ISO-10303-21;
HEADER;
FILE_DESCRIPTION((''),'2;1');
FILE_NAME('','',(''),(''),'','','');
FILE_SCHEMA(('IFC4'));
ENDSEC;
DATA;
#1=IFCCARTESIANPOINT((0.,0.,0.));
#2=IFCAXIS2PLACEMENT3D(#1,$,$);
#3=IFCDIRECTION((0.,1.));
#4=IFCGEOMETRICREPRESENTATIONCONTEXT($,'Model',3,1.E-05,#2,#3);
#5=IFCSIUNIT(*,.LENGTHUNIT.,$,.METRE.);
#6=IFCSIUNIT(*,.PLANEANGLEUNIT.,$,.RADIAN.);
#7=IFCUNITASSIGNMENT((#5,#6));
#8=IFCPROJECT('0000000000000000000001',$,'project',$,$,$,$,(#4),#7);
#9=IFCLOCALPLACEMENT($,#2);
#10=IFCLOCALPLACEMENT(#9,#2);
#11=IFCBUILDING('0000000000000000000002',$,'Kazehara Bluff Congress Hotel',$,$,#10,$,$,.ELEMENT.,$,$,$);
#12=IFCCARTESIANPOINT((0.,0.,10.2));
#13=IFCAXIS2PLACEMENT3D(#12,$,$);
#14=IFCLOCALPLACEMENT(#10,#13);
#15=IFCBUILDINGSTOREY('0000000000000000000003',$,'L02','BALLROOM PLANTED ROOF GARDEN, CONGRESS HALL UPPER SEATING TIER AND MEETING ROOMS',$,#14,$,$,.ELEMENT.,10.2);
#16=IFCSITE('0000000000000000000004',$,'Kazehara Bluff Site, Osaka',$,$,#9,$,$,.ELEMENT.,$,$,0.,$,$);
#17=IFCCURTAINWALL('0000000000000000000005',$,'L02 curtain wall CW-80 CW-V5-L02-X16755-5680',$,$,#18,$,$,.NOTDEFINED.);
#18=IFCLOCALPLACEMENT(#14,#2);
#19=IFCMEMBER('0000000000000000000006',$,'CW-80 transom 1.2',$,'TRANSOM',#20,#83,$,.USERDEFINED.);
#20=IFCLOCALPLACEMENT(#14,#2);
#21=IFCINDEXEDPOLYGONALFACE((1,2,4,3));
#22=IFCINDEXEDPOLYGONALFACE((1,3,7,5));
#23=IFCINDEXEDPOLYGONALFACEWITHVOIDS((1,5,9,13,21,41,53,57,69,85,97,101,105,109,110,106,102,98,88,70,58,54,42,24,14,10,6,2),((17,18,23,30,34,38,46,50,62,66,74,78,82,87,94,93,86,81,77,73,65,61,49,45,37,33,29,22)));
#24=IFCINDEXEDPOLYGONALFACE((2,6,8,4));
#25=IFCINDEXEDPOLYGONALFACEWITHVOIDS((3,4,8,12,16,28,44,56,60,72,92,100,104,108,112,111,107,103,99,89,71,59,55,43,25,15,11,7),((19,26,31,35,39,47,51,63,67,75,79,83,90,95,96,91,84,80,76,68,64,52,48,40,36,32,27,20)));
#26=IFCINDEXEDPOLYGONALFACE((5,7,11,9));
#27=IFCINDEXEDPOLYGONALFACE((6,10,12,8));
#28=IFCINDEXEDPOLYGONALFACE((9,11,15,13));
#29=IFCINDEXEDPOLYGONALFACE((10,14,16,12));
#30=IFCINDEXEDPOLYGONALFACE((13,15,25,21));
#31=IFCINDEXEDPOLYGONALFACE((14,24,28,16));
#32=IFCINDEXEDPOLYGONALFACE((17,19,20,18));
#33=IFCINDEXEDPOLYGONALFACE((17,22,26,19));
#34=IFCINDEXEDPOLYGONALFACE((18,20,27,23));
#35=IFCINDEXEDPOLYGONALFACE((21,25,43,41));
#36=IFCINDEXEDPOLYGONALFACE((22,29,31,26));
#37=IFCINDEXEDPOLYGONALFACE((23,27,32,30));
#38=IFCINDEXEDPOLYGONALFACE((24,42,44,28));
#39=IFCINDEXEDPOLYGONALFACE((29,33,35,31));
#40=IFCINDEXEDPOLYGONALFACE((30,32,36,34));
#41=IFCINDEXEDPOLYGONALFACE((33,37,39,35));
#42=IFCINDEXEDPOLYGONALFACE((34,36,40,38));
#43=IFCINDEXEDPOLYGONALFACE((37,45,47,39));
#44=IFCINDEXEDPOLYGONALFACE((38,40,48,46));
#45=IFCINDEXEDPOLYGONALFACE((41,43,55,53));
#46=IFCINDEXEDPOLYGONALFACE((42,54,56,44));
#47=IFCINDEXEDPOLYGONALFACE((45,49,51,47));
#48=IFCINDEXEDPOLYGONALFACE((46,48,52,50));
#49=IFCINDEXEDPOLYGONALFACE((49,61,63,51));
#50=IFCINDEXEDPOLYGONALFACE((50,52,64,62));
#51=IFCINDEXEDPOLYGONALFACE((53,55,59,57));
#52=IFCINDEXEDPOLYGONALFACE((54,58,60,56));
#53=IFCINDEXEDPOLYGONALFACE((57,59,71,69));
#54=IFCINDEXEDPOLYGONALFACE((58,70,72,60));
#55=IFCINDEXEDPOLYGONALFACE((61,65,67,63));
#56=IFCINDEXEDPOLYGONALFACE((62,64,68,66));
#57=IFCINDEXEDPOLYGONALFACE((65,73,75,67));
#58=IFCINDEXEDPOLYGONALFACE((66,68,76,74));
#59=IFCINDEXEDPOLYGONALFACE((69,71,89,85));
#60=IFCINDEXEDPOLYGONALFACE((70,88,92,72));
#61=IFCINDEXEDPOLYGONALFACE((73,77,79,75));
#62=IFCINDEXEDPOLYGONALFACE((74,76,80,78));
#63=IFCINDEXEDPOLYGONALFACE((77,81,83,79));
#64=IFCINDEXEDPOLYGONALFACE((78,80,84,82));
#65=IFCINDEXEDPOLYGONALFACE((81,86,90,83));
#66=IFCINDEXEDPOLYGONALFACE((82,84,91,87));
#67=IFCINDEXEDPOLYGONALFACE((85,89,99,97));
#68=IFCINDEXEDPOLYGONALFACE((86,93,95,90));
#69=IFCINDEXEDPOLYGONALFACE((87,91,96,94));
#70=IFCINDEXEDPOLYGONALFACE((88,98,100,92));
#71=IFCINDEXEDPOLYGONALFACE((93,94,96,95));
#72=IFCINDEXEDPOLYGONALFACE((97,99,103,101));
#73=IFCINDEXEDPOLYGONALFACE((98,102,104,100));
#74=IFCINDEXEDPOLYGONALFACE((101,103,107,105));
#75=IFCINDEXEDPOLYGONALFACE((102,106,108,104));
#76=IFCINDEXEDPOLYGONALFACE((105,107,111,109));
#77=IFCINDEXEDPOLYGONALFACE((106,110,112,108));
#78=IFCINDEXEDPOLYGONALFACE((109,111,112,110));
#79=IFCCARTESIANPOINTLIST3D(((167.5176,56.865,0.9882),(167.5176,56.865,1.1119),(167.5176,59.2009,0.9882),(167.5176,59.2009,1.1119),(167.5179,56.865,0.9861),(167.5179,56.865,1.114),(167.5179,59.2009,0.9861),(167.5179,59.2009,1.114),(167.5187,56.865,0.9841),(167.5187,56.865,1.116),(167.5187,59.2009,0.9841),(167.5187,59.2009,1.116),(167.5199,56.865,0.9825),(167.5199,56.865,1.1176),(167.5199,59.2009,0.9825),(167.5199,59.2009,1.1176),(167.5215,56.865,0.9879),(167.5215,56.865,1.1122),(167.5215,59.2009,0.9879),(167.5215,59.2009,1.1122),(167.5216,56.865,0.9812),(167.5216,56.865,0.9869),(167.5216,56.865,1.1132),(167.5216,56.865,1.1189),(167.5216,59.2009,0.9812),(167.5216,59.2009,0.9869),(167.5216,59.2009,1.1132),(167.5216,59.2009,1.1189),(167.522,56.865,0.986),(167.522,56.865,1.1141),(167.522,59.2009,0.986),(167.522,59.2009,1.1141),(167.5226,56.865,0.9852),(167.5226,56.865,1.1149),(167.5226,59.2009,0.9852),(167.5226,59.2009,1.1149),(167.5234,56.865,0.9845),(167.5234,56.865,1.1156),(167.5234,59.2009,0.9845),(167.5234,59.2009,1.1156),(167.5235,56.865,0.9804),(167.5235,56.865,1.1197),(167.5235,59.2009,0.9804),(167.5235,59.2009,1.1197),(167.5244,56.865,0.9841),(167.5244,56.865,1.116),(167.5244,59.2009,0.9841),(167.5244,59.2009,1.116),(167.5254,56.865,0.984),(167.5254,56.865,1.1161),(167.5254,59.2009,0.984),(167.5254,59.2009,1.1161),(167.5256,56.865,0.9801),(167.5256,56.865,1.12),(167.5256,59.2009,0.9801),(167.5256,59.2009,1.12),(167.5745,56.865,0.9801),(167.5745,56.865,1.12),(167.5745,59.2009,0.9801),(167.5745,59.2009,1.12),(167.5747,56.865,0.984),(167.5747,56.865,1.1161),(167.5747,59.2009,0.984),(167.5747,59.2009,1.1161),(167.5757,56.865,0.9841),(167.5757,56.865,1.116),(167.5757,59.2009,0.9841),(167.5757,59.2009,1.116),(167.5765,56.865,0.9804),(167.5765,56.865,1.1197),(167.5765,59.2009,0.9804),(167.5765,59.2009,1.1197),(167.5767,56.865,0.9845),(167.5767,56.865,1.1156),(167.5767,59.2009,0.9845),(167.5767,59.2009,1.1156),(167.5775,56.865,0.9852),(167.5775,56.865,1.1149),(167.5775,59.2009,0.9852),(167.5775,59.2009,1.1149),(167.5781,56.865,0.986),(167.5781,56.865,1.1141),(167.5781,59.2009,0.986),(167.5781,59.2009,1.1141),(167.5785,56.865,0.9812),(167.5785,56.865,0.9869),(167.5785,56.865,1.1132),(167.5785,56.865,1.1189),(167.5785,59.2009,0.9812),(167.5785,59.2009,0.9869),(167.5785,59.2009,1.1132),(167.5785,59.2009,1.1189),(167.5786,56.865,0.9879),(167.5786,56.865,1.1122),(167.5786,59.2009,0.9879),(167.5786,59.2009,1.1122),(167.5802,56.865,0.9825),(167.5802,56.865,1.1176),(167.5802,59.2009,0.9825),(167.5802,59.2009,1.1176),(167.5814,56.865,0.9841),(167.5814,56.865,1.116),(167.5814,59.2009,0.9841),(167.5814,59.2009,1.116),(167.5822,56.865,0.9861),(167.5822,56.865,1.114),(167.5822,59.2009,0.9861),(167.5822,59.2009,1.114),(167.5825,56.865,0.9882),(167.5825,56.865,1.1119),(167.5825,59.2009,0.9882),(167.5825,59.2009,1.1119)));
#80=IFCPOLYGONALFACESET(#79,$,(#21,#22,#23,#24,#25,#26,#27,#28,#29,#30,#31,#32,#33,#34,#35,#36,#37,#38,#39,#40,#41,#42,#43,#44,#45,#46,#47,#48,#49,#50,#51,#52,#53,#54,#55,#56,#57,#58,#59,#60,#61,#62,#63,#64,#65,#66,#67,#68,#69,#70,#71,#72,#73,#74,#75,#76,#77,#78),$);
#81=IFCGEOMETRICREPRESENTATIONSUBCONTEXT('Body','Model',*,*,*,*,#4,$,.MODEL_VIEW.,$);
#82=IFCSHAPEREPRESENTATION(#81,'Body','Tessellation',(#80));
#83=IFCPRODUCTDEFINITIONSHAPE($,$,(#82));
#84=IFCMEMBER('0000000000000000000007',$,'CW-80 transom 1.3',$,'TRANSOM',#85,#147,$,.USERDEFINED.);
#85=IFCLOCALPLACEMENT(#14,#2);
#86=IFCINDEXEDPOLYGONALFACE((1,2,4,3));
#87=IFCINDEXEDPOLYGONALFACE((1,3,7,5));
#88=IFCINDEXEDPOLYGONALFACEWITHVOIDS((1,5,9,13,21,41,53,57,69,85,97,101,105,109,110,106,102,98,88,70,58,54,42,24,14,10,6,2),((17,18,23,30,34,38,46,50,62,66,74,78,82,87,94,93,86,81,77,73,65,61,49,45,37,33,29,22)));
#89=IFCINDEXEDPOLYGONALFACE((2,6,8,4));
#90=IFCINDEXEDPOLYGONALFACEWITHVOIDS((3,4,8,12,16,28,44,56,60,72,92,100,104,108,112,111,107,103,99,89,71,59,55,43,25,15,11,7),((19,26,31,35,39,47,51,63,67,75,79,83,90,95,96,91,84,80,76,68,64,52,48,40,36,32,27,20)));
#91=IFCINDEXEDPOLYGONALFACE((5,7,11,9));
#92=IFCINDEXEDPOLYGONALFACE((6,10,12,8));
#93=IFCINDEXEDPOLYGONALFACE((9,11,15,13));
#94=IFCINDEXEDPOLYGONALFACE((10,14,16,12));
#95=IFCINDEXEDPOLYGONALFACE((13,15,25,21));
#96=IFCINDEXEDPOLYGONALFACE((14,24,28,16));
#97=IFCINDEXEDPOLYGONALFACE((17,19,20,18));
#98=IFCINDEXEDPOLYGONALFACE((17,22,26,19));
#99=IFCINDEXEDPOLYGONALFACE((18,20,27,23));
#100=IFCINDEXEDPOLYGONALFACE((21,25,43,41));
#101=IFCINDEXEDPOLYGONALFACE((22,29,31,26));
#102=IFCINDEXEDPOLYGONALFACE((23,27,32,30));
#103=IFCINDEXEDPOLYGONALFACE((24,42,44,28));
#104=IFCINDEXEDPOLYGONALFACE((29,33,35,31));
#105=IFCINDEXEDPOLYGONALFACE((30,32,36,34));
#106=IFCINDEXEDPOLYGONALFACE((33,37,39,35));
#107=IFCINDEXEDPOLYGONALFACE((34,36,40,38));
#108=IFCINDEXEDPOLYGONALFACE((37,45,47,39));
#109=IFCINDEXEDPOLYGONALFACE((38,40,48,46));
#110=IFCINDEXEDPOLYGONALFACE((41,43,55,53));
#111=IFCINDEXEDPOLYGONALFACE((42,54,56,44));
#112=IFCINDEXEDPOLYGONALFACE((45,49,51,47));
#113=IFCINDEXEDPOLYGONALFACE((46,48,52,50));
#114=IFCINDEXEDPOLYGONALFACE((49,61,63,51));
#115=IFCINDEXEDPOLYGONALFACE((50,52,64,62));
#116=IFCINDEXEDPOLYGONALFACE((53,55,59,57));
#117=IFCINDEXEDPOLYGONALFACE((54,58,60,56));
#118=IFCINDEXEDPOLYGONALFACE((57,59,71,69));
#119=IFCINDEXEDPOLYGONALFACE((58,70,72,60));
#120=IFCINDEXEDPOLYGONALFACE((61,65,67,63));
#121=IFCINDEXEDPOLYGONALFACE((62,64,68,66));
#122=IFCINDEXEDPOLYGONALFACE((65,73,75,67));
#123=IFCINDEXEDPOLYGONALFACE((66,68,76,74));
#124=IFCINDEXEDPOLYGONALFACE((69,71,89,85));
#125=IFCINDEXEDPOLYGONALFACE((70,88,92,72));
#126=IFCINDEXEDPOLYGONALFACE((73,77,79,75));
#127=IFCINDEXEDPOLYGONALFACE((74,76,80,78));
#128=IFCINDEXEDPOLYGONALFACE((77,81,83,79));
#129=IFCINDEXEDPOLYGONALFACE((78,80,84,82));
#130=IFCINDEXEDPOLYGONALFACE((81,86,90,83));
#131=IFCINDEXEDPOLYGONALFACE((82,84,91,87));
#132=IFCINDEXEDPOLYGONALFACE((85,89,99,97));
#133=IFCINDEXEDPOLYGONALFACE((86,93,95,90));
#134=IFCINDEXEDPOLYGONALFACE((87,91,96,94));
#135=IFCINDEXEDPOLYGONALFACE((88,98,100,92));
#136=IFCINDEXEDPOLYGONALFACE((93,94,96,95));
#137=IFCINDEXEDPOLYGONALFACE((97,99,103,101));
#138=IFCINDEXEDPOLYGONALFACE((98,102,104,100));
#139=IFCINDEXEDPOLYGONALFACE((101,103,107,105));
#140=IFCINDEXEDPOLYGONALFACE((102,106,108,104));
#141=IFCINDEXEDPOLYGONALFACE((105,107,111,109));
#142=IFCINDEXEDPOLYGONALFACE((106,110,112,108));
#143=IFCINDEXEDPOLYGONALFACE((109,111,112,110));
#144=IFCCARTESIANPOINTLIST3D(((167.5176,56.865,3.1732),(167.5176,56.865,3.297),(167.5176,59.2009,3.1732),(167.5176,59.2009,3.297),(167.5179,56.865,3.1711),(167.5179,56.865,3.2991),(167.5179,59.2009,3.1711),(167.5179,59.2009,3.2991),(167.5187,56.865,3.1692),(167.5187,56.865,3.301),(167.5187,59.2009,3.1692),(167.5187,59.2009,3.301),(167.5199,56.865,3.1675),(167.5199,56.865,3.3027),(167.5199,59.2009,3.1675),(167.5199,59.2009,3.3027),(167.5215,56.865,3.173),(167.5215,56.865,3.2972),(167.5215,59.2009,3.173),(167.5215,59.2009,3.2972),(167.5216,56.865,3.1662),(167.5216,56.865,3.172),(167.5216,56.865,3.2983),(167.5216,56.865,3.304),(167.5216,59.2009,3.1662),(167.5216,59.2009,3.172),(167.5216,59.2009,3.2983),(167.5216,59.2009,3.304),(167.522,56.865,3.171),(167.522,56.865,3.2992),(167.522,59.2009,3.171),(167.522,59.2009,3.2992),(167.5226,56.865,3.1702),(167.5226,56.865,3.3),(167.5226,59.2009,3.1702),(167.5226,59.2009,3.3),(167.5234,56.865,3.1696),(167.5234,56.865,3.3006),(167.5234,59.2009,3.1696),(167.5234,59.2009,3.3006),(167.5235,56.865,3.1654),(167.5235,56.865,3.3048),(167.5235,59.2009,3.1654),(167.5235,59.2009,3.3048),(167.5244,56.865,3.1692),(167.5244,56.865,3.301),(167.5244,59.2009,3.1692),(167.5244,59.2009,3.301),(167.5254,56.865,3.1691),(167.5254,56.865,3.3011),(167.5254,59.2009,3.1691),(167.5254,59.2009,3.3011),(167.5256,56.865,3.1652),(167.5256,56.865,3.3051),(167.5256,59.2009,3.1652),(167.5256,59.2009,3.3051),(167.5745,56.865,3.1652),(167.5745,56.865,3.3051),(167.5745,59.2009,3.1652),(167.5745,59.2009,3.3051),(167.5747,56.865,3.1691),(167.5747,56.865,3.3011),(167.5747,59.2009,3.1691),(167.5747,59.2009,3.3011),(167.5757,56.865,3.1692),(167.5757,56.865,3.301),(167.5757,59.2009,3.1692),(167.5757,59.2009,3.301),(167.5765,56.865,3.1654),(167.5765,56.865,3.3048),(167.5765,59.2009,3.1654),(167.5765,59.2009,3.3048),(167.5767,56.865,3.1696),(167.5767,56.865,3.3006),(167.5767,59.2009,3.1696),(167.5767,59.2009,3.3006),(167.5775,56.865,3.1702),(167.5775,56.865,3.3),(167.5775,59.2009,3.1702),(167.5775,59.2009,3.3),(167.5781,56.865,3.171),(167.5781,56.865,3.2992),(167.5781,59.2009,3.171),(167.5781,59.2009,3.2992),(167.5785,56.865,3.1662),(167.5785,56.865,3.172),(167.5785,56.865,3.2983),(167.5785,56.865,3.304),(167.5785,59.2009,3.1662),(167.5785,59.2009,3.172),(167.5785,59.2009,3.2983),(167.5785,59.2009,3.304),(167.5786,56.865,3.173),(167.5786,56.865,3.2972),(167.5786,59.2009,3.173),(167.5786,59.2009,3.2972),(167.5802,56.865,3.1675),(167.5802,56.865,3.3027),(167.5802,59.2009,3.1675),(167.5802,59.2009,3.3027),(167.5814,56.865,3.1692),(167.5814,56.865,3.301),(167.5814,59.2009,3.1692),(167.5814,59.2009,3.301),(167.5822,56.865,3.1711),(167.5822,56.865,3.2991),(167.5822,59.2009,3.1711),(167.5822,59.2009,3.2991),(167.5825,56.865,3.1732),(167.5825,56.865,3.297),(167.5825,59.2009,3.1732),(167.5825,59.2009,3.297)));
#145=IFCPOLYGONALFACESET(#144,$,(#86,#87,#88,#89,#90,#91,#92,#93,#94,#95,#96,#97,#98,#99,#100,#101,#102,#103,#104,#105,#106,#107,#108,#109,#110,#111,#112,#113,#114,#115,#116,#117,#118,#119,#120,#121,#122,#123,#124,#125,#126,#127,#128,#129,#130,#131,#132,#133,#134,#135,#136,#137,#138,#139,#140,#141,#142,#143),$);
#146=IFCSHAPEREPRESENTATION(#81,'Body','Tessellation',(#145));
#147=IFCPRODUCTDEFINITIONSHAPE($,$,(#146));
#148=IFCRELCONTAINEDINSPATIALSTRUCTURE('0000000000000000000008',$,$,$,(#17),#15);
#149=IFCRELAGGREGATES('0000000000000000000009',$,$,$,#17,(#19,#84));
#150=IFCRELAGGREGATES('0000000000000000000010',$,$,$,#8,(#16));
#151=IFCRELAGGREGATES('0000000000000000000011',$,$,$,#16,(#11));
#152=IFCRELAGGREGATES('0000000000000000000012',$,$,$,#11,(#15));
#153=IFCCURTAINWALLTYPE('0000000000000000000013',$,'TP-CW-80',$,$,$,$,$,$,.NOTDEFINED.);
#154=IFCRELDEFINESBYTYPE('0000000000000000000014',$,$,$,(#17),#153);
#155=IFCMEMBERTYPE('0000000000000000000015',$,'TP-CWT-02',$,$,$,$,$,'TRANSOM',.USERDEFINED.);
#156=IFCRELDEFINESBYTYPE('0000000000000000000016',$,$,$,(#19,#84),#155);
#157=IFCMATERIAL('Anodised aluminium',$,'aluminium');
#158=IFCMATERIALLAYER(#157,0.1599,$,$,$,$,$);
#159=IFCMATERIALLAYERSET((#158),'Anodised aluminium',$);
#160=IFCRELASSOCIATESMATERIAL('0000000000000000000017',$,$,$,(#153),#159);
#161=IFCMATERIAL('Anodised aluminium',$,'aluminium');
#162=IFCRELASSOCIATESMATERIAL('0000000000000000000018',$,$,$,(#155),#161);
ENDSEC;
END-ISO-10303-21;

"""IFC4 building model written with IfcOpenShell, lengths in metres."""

from ifc_helpers import new_model, si_unit, direction, frame, origin, origin_2d, place, context, subcontext, project, spatial, hollow_rectangle, extrude, material, layer, layer_set, material_profile, profile_set, type_object, element, aggregate, save


model = new_model("IFC4")

# Units and contexts
model_context = context("Model", 3, precision=1e-05, world=origin(), true_north=direction((0.0, 1.0)))
body_context = subcontext(model_context, "Body", "Model", "MODEL_VIEW")
ifc_project = project(units=[si_unit("LENGTHUNIT", "METRE"), si_unit("PLANEANGLEUNIT", "RADIAN")], contexts=[model_context])

# Site, building, storey
site_placement = place(None, origin())
site = spatial("IfcSite", under=ifc_project, at=site_placement, Name="Kazehara Bluff Site, Osaka", CompositionType="ELEMENT", RefElevation=0.0)
building_placement = place(site_placement, origin())
building = spatial("IfcBuilding", under=site, at=building_placement, Name="Kazehara Bluff Congress Hotel", CompositionType="ELEMENT")
storey_placement = place(building_placement, frame((0.0, 0.0, 10.2)))
storey = spatial("IfcBuildingStorey", under=building, at=storey_placement, Name="L02", Description="BALLROOM PLANTED ROOF GARDEN, CONGRESS HALL UPPER SEATING TIER AND MEETING ROOMS", CompositionType="ELEMENT", Elevation=10.2)

# Shared definitions
ifc_material_1 = material(Name="Anodised aluminium", Category="aluminium")
ifc_layer_1 = layer(ifc_material_1, 0.1599)
ifc_layer_set_1 = layer_set([ifc_layer_1], Name="Anodised aluminium")
curtain_wall_type = type_object("IfcCurtainWallType", Name="TP-CW-80", PredefinedType="NOTDEFINED", material=ifc_layer_set_1)

# Curtain wall, members
curtain_wall_1_placement = place(storey_placement, origin())
curtain_wall_1 = element("IfcCurtainWall", 1, at=curtain_wall_1_placement, inside=storey, type_object=curtain_wall_type, Name="L02 curtain wall CW-80 CW-V5-L02-X16755-5680", PredefinedType="NOTDEFINED")
ifc_material_2 = material(Name="Anodised aluminium", Category="aluminium")
ifc_material_profile_1 = material_profile(ifc_material_2, hollow_rectangle(XDim=0.0649, YDim=0.1399, WallThickness=0.0039, InnerFilletRadius=0.0039, OuterFilletRadius=0.0081, at=origin_2d()))
ifc_profile_set_1 = profile_set([ifc_material_profile_1], Name="Anodised aluminium")
member_type_1 = type_object("IfcMemberType", Name="TP-CWT-02", ElementType="TRANSOM", PredefinedType="USERDEFINED", material=ifc_profile_set_1)
member_1_placement = place(storey_placement, frame((167.55, 56.865, 1.05), z_axis=(0.0, 1.0, 0.0), x_axis=(-1.0, 0.0, 0.0)))
member_1 = element("IfcMember", 2, at=member_1_placement, type_object=member_type_1, Name="CW-80 transom 1.2", ObjectType="TRANSOM", PredefinedType="USERDEFINED", context=body_context, shape_type="SweptSolid", body=[
    extrude(hollow_rectangle(XDim=0.0649, YDim=0.1399, WallThickness=0.0039, InnerFilletRadius=0.0039, OuterFilletRadius=0.0081, at=origin_2d()), origin(), (0.0, 0.0, 1.0), 2.3359),
])
member_2_placement = place(storey_placement, frame((167.55, 56.865, 3.2351), z_axis=(0.0, 1.0, 0.0), x_axis=(-1.0, 0.0, 0.0)))
member_2 = element("IfcMember", 3, at=member_2_placement, type_object=member_type_1, Name="CW-80 transom 1.3", ObjectType="TRANSOM", PredefinedType="USERDEFINED", context=body_context, shape_type="SweptSolid", body=[
    extrude(hollow_rectangle(XDim=0.0649, YDim=0.1399, WallThickness=0.0039, InnerFilletRadius=0.0039, OuterFilletRadius=0.0081, at=origin_2d()), origin(), (0.0, 0.0, 1.0), 2.3359),
])

aggregate(curtain_wall_1, [member_1, member_2])

save(model, "model.ifc")
